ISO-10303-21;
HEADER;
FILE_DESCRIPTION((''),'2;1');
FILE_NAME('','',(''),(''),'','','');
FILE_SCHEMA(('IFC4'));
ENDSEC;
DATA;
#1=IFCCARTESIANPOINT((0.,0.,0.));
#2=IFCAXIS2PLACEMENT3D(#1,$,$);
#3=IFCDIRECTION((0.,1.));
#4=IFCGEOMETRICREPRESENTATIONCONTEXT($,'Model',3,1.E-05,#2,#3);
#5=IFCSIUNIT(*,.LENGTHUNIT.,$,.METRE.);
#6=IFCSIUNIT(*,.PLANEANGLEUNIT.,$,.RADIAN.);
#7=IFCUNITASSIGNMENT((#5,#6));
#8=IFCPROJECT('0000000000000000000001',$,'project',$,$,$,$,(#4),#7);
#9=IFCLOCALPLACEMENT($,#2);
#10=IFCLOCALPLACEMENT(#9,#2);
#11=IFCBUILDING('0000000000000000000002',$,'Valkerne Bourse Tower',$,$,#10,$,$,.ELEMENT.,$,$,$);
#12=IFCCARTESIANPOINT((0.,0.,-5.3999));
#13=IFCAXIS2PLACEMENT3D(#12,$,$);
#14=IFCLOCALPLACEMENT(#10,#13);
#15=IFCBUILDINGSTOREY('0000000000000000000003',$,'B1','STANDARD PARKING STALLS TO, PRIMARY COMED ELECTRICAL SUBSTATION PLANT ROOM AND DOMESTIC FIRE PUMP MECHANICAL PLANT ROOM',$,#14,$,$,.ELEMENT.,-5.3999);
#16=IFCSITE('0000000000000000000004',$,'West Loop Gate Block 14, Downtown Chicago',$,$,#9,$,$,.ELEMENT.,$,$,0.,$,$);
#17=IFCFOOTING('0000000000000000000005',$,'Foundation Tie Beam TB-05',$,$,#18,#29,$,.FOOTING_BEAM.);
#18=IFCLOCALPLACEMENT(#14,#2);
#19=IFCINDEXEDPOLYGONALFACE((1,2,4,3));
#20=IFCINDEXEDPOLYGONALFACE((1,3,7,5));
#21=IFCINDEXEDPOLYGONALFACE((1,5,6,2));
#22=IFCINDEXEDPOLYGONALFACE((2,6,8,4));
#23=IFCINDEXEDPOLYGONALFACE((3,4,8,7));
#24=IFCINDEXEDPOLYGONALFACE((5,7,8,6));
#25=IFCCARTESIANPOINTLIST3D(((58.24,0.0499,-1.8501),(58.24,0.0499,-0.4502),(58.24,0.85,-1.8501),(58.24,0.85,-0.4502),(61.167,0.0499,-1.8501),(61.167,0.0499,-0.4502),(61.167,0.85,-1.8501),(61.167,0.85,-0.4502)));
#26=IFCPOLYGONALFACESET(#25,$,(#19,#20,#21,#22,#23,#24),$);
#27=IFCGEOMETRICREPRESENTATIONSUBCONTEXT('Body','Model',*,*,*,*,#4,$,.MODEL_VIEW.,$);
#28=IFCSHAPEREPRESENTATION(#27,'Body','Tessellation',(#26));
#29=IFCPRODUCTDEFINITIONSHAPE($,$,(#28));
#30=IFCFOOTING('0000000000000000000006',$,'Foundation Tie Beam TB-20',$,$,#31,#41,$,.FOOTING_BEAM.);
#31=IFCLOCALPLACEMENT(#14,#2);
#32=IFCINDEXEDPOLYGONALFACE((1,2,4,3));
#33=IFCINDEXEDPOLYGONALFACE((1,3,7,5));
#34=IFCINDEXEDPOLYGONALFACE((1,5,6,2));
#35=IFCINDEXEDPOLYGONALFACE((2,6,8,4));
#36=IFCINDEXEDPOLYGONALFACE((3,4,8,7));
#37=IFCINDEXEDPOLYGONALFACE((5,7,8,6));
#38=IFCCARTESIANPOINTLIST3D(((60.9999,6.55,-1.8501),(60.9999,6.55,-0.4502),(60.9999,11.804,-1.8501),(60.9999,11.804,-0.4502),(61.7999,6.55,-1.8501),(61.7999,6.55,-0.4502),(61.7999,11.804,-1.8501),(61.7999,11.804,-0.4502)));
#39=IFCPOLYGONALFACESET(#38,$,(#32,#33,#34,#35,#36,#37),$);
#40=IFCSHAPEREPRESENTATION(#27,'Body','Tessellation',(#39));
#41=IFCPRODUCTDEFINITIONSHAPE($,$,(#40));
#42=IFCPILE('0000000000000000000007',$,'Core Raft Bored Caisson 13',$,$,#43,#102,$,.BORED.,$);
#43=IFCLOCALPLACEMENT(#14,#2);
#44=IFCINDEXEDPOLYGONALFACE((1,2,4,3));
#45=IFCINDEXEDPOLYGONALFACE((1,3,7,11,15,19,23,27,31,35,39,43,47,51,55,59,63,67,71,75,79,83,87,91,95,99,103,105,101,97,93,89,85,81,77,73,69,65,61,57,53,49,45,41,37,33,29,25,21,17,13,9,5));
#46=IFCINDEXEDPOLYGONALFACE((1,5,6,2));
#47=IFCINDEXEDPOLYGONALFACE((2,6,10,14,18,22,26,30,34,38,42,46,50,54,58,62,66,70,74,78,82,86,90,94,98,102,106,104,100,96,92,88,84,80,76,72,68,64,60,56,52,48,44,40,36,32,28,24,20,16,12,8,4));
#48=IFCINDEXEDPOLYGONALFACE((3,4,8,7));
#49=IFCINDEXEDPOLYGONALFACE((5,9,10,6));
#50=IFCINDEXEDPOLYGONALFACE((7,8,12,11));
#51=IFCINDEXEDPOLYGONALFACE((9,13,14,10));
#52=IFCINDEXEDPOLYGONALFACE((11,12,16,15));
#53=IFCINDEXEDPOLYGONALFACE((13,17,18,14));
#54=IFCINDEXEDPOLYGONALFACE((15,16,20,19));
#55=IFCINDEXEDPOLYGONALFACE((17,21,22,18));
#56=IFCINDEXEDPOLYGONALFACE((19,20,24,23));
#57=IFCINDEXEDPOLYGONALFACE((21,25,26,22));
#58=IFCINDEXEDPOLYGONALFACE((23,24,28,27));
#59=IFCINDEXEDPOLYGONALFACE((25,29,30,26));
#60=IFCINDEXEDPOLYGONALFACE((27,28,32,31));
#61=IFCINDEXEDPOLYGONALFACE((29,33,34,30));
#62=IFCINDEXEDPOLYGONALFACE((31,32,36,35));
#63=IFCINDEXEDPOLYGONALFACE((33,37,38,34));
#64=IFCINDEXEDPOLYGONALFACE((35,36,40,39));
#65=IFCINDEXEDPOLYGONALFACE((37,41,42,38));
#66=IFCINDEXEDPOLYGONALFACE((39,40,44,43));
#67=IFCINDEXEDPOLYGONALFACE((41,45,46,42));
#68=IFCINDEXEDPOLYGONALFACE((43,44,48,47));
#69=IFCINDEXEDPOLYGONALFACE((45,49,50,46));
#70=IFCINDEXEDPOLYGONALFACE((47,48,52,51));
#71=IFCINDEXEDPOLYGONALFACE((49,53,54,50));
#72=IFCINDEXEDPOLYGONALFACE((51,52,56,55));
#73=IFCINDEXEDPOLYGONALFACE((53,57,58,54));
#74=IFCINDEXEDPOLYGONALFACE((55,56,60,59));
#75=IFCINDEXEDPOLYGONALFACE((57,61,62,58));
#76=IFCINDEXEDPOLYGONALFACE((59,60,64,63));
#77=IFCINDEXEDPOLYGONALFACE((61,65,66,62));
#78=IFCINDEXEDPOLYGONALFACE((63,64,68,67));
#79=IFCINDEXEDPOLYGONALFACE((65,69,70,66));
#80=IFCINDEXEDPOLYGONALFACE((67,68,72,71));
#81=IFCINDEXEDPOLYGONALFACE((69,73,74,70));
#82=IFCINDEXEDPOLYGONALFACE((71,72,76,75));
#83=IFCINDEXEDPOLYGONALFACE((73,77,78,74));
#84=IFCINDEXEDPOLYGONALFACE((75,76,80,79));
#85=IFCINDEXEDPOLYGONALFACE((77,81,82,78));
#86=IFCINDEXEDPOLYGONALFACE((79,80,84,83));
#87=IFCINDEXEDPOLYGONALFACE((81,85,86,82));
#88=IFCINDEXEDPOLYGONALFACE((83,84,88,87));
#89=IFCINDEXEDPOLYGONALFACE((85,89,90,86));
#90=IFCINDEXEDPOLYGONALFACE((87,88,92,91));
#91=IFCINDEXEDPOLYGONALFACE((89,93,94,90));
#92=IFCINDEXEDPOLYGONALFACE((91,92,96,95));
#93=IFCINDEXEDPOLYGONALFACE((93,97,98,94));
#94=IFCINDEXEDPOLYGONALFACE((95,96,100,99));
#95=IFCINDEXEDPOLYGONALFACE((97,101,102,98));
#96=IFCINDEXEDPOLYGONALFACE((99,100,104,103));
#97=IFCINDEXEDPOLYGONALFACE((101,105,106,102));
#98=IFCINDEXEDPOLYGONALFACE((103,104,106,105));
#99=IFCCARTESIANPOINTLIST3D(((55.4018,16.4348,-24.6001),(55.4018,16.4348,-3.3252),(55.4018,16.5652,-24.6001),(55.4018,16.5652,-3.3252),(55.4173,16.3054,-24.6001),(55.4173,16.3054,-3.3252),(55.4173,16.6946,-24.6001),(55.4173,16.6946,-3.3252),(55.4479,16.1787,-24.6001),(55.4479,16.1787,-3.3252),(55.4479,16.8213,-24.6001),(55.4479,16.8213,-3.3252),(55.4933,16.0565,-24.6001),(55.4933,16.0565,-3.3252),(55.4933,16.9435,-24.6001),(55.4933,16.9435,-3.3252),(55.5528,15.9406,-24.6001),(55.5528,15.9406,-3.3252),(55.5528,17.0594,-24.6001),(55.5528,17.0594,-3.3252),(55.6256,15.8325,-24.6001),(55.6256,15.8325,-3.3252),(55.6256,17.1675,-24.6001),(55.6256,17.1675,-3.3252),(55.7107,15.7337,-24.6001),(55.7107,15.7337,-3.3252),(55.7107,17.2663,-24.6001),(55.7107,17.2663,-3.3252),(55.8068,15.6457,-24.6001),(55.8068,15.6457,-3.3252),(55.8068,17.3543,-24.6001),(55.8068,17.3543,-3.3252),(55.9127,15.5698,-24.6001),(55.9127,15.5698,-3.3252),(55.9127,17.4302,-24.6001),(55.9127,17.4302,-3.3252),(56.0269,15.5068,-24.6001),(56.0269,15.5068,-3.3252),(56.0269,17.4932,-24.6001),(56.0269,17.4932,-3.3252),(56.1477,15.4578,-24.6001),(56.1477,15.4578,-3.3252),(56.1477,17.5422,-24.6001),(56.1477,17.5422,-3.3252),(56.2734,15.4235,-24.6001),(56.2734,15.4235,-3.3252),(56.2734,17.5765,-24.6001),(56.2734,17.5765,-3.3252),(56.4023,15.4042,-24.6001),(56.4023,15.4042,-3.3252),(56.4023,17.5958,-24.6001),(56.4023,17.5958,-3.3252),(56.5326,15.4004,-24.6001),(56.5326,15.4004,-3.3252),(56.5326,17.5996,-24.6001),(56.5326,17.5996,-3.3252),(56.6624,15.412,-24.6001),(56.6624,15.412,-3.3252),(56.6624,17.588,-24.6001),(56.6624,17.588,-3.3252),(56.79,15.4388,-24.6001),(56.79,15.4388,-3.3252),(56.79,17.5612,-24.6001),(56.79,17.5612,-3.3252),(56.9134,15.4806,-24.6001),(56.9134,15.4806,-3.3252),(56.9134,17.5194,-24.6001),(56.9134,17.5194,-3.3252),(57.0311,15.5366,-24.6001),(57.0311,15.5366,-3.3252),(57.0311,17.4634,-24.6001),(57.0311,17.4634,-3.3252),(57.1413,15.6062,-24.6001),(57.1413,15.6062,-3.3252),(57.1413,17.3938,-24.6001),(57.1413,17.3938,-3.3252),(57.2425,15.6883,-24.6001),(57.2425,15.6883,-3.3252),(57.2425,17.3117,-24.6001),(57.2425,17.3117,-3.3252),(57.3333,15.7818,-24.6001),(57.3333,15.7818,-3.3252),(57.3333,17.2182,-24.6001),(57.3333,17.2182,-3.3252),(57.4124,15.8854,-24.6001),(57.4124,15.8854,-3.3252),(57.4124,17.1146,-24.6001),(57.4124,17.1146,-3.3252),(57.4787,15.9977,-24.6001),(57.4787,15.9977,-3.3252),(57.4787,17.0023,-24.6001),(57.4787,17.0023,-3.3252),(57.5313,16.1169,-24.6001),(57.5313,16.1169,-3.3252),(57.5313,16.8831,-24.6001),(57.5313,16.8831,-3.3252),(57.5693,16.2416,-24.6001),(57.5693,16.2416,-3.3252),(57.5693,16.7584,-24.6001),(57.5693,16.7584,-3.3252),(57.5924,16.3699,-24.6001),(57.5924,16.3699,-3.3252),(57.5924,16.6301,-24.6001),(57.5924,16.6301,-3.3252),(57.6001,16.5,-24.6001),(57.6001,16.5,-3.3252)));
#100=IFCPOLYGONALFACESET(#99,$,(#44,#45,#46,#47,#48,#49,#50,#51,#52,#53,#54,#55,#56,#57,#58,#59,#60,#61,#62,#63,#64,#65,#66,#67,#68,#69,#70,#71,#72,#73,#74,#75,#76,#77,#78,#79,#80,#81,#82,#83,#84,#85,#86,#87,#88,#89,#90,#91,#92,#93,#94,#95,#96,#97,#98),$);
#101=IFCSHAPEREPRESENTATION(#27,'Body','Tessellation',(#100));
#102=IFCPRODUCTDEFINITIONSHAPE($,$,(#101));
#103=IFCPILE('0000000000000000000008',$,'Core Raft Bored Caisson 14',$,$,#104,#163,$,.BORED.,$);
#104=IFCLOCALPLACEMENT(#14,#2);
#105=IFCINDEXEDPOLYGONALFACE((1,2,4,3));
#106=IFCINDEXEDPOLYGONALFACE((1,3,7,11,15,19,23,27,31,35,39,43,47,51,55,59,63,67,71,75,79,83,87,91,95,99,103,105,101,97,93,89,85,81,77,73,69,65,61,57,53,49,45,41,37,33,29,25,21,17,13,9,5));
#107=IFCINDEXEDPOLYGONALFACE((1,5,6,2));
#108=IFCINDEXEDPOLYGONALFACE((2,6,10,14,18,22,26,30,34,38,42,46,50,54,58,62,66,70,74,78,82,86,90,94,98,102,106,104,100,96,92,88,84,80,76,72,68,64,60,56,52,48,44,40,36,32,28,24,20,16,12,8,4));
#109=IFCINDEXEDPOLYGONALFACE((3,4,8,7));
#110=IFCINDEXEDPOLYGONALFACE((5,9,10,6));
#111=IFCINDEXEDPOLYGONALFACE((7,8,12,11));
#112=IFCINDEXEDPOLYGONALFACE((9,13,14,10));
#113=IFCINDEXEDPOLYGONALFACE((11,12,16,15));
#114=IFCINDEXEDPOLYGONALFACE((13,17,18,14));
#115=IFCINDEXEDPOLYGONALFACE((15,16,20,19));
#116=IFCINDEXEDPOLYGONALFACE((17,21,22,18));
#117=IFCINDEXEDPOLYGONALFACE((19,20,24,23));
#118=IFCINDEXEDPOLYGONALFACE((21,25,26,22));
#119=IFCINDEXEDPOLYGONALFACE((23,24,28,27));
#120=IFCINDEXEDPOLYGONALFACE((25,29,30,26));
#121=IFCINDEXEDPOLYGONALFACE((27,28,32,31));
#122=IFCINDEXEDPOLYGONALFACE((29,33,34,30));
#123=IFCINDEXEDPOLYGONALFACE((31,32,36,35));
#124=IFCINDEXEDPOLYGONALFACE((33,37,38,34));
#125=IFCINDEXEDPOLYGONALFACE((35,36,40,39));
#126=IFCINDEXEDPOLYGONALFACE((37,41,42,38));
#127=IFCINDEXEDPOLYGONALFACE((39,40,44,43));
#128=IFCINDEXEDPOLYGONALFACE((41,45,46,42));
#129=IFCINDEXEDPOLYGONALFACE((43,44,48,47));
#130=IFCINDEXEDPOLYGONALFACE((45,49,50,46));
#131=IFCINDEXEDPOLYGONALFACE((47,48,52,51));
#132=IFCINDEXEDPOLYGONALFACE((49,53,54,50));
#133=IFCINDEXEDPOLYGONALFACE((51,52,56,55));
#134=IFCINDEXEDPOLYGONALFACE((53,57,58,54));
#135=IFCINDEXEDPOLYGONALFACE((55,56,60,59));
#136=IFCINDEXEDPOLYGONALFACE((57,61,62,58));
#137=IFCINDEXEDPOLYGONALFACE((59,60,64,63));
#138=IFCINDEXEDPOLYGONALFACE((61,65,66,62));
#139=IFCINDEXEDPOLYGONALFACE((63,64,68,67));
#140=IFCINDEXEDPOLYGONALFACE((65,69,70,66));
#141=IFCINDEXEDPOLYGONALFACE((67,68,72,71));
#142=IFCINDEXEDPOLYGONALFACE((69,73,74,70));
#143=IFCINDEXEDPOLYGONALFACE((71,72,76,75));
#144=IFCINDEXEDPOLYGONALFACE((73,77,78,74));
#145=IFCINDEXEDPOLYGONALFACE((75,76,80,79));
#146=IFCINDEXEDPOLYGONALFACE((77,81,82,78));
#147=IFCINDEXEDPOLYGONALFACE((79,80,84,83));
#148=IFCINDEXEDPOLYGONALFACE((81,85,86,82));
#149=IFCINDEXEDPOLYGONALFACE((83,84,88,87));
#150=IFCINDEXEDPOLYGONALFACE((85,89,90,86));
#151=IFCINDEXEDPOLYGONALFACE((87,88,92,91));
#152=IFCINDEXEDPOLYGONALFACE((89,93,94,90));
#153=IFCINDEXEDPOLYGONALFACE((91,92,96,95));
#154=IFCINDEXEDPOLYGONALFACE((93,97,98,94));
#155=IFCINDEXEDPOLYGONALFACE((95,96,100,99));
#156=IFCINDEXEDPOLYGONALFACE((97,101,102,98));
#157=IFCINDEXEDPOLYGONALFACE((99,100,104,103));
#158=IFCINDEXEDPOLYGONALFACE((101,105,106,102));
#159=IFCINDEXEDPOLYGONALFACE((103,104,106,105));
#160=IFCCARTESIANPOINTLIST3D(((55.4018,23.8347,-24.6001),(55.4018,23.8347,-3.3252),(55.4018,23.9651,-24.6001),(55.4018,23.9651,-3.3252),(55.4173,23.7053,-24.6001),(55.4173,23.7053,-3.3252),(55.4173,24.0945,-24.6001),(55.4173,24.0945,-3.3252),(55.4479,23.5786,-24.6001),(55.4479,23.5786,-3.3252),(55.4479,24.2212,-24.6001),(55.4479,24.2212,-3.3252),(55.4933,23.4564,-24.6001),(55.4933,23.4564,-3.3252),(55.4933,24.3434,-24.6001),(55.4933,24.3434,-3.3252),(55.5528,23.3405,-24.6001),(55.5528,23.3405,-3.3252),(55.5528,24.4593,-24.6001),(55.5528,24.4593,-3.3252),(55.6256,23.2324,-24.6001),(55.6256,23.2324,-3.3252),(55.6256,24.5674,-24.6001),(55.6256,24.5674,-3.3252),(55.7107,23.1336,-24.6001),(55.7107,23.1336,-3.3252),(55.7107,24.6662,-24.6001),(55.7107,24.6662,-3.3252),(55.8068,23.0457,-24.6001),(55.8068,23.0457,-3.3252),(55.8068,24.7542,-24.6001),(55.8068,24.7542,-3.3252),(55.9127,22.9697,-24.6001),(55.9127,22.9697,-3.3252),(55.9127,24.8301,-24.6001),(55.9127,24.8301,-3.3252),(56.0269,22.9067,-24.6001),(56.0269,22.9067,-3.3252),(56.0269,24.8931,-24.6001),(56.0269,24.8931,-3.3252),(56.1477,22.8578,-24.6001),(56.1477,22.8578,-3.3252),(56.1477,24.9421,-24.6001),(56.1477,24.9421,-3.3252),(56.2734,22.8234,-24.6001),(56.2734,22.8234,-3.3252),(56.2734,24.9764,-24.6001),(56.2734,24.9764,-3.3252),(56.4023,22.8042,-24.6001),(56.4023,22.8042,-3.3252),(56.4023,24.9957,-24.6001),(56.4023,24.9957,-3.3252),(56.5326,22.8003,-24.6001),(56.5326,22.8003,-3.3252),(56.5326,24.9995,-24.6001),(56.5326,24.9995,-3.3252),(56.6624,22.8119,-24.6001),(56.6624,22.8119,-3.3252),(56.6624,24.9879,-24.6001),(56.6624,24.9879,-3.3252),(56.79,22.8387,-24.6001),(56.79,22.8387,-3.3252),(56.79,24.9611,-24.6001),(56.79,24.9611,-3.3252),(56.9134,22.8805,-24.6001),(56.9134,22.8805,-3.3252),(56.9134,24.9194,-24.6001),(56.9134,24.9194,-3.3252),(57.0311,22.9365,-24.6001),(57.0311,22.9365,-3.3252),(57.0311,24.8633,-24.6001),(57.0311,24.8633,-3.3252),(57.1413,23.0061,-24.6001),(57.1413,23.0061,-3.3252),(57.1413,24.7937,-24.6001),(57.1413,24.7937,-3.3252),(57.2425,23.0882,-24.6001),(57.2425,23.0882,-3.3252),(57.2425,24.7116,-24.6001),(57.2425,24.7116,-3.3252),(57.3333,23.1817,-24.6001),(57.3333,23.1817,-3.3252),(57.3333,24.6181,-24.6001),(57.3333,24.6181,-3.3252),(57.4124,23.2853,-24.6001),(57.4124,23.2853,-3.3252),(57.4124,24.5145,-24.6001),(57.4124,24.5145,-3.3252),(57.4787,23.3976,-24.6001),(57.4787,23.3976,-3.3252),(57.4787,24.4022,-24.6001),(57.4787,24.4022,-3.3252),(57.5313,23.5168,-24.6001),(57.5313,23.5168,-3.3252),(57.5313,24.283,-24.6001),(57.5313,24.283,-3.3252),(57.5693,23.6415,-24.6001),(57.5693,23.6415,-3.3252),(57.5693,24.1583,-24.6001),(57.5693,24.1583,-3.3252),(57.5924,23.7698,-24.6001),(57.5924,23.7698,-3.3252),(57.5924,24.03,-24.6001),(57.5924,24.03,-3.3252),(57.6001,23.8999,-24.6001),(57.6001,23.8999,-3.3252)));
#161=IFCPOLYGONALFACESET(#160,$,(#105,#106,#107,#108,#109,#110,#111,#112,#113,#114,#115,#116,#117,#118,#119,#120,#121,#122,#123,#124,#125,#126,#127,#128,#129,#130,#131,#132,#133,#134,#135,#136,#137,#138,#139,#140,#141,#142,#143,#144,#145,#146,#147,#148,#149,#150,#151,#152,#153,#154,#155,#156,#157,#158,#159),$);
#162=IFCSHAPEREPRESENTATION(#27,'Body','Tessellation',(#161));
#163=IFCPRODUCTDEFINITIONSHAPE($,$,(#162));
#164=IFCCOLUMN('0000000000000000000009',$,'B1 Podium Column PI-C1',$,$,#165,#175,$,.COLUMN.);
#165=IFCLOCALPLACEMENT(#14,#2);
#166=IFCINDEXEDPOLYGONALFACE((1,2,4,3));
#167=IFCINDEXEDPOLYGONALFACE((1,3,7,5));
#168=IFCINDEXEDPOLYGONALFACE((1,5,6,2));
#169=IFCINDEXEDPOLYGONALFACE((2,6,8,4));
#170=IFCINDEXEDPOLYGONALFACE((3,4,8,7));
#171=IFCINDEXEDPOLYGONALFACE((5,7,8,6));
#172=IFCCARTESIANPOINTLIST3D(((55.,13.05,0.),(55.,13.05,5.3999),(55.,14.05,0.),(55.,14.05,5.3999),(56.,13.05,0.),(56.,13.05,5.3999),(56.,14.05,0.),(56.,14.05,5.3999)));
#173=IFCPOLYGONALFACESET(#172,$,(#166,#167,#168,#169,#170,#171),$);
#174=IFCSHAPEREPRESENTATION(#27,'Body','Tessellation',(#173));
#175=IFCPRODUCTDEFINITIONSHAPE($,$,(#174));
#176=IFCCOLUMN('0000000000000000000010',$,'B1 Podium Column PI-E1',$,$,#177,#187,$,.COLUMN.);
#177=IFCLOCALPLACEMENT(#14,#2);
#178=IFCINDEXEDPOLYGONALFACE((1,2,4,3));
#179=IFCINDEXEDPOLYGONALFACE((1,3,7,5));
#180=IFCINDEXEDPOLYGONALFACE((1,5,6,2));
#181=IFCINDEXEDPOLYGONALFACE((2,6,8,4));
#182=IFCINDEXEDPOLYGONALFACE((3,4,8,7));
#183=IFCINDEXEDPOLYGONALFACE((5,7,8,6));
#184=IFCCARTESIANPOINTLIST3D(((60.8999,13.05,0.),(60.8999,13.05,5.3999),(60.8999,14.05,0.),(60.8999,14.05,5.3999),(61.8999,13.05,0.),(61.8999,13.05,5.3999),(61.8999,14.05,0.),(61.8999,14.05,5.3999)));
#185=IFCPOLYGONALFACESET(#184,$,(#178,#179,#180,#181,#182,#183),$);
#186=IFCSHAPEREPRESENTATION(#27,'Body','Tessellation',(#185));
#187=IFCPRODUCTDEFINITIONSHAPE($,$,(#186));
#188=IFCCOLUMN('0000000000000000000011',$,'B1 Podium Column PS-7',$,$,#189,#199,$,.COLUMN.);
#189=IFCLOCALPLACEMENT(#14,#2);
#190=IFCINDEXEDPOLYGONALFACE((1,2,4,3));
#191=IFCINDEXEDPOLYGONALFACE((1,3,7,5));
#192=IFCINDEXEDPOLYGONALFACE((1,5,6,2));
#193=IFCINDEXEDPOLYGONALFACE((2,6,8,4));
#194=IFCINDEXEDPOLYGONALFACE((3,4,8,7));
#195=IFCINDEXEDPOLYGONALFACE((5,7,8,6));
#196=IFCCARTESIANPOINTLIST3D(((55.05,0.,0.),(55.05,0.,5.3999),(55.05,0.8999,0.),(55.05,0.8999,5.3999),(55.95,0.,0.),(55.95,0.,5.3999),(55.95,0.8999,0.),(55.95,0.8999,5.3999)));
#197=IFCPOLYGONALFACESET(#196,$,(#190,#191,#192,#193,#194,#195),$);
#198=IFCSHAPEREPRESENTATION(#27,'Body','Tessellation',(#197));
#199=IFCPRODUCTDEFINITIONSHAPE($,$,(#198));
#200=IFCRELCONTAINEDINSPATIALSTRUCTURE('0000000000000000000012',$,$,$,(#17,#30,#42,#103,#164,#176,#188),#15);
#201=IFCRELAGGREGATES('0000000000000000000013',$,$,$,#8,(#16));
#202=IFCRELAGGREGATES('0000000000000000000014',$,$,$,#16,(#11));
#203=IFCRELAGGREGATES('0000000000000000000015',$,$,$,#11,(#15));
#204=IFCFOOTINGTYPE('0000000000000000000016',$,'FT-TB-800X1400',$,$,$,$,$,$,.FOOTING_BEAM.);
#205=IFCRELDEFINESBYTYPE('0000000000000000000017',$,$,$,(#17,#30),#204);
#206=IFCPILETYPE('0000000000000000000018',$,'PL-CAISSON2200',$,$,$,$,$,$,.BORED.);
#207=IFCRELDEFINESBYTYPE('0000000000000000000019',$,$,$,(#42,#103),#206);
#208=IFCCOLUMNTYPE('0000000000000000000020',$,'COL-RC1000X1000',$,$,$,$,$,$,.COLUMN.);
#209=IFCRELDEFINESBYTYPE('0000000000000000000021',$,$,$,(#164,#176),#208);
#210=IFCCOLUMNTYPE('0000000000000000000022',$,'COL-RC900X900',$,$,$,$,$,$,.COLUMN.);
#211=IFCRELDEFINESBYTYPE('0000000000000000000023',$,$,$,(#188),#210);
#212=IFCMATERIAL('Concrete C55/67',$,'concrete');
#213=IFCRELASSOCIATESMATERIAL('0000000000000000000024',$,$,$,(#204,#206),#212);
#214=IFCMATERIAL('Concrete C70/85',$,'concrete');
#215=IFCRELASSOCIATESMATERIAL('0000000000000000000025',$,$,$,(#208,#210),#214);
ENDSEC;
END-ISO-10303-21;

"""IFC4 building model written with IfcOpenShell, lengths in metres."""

from ifc_helpers import new_model, si_unit, direction, frame, origin, origin_2d, place, context, subcontext, project, spatial, rectangle, circle, extrude, material, material_profile, profile_set, type_object, element, save


model = new_model("IFC4")

# Units and contexts
model_context = context("Model", 3, precision=1e-05, world=origin(), true_north=direction((0.0, 1.0)))
body_context = subcontext(model_context, "Body", "Model", "MODEL_VIEW")
ifc_project = project(units=[si_unit("LENGTHUNIT", "METRE"), si_unit("PLANEANGLEUNIT", "RADIAN")], contexts=[model_context])

# Site, building, storey
site_placement = place(None, origin())
site = spatial("IfcSite", under=ifc_project, at=site_placement, Name="West Loop Gate Block 14, Downtown Chicago", CompositionType="ELEMENT", RefElevation=0.0)
building_placement = place(site_placement, origin())
building = spatial("IfcBuilding", under=site, at=building_placement, Name="Valkerne Bourse Tower", CompositionType="ELEMENT")
storey_placement = place(building_placement, frame((0.0, 0.0, -5.3999)))
storey = spatial("IfcBuildingStorey", under=building, at=storey_placement, Name="B1", Description="STANDARD PARKING STALLS TO, PRIMARY COMED ELECTRICAL SUBSTATION PLANT ROOM AND DOMESTIC FIRE PUMP MECHANICAL PLANT ROOM", CompositionType="ELEMENT", Elevation=-5.3999)

# Footings
ifc_material_1 = material(Name="Concrete C55/67", Category="concrete")
ifc_material_profile_1 = material_profile(ifc_material_1, rectangle(XDim=0.8, YDim=1.3999, at=origin_2d()), Name="RC800X1400")
ifc_profile_set_1 = profile_set([ifc_material_profile_1], Name="Concrete C55/67")
footing_type = type_object("IfcFootingType", Name="FT-TB-800X1400", PredefinedType="FOOTING_BEAM", material=ifc_profile_set_1)
footing_1_placement = place(storey_placement, frame((58.24, 0.45, -1.1501), z_axis=(1.0, 0.0, 0.0), x_axis=(0.0, 1.0, 0.0)))
element("IfcFooting", 1, at=footing_1_placement, inside=storey, type_object=footing_type, Name="Foundation Tie Beam TB-05", PredefinedType="FOOTING_BEAM", context=body_context, shape_type="SweptSolid", body=[
    extrude(rectangle(XDim=0.8, YDim=1.3999, at=origin_2d()), origin(), (0.0, 0.0, 1.0), 2.927),
])
footing_2_placement = place(storey_placement, frame((61.3999, 6.55, -1.1501), z_axis=(0.0, 1.0, 0.0), x_axis=(-1.0, 0.0, 0.0)))
element("IfcFooting", 2, at=footing_2_placement, inside=storey, type_object=footing_type, Name="Foundation Tie Beam TB-20", PredefinedType="FOOTING_BEAM", context=body_context, shape_type="SweptSolid", body=[
    extrude(rectangle(XDim=0.8, YDim=1.3999, at=origin_2d()), origin(), (0.0, 0.0, 1.0), 5.2539),
])

# Piles
ifc_material_profile_2 = material_profile(ifc_material_1, circle(Radius=1.1001, at=origin_2d()), Name="CAISSON2200")
ifc_profile_set_2 = profile_set([ifc_material_profile_2], Name="Concrete C55/67")
pile_type = type_object("IfcPileType", Name="PL-CAISSON2200", PredefinedType="BORED", material=ifc_profile_set_2)
for number, where, z_axis, x_axis, name in (
    (3, (56.5, 16.5, -3.3252), (0.0, 0.0, -1.0), (1.0, 0.0, 0.0), "Core Raft Bored Caisson 13"),
    (4, (56.5, 23.8999, -3.3252), (0.0, 0.0, -1.0), (1.0, 0.0, 0.0), "Core Raft Bored Caisson 14"),
):
    element("IfcPile", number, at=place(storey_placement, frame(where, z_axis=z_axis, x_axis=x_axis)), inside=storey, type_object=pile_type, Name=name, PredefinedType="BORED", context=body_context, shape_type="SweptSolid", body=[
        extrude(circle(Radius=1.1001, at=origin_2d()), origin(), (0.0, 0.0, 1.0), 21.2749),
    ])

# Columns
ifc_material_2 = material(Name="Concrete C70/85", Category="concrete")
ifc_material_profile_3 = material_profile(ifc_material_2, rectangle(XDim=1.0, YDim=1.0, at=origin_2d()), Name="RC1000X1000")
ifc_profile_set_3 = profile_set([ifc_material_profile_3], Name="Concrete C70/85")
column_type_1 = type_object("IfcColumnType", Name="COL-RC1000X1000", PredefinedType="COLUMN", material=ifc_profile_set_3)
for number, where, z_axis, x_axis, name in (
    (5, (55.5, 13.55, 0.0), (0.0, 0.0, 1.0), (1.0, 0.0, 0.0), "B1 Podium Column PI-C1"),
    (6, (61.3999, 13.55, 0.0), (0.0, 0.0, 1.0), (1.0, 0.0, 0.0), "B1 Podium Column PI-E1"),
):
    element("IfcColumn", number, at=place(storey_placement, frame(where, z_axis=z_axis, x_axis=x_axis)), inside=storey, type_object=column_type_1, Name=name, PredefinedType="COLUMN", context=body_context, shape_type="SweptSolid", body=[
        extrude(rectangle(XDim=1.0, YDim=1.0, at=origin_2d()), origin(), (0.0, 0.0, 1.0), 5.3999),
    ])
ifc_material_profile_4 = material_profile(ifc_material_2, rectangle(XDim=0.8999, YDim=0.8999, at=origin_2d()), Name="RC900X900")
ifc_profile_set_4 = profile_set([ifc_material_profile_4], Name="Concrete C70/85")
column_type_2 = type_object("IfcColumnType", Name="COL-RC900X900", PredefinedType="COLUMN", material=ifc_profile_set_4)
column_placement = place(storey_placement, frame((55.5, 0.45, 0.0), z_axis=(0.0, 0.0, 1.0), x_axis=(1.0, 0.0, 0.0)))
element("IfcColumn", 7, at=column_placement, inside=storey, type_object=column_type_2, Name="B1 Podium Column PS-7", PredefinedType="COLUMN", context=body_context, shape_type="SweptSolid", body=[
    extrude(rectangle(XDim=0.8999, YDim=0.8999, at=origin_2d()), origin(), (0.0, 0.0, 1.0), 5.3999),
])

save(model, "model.ifc")
